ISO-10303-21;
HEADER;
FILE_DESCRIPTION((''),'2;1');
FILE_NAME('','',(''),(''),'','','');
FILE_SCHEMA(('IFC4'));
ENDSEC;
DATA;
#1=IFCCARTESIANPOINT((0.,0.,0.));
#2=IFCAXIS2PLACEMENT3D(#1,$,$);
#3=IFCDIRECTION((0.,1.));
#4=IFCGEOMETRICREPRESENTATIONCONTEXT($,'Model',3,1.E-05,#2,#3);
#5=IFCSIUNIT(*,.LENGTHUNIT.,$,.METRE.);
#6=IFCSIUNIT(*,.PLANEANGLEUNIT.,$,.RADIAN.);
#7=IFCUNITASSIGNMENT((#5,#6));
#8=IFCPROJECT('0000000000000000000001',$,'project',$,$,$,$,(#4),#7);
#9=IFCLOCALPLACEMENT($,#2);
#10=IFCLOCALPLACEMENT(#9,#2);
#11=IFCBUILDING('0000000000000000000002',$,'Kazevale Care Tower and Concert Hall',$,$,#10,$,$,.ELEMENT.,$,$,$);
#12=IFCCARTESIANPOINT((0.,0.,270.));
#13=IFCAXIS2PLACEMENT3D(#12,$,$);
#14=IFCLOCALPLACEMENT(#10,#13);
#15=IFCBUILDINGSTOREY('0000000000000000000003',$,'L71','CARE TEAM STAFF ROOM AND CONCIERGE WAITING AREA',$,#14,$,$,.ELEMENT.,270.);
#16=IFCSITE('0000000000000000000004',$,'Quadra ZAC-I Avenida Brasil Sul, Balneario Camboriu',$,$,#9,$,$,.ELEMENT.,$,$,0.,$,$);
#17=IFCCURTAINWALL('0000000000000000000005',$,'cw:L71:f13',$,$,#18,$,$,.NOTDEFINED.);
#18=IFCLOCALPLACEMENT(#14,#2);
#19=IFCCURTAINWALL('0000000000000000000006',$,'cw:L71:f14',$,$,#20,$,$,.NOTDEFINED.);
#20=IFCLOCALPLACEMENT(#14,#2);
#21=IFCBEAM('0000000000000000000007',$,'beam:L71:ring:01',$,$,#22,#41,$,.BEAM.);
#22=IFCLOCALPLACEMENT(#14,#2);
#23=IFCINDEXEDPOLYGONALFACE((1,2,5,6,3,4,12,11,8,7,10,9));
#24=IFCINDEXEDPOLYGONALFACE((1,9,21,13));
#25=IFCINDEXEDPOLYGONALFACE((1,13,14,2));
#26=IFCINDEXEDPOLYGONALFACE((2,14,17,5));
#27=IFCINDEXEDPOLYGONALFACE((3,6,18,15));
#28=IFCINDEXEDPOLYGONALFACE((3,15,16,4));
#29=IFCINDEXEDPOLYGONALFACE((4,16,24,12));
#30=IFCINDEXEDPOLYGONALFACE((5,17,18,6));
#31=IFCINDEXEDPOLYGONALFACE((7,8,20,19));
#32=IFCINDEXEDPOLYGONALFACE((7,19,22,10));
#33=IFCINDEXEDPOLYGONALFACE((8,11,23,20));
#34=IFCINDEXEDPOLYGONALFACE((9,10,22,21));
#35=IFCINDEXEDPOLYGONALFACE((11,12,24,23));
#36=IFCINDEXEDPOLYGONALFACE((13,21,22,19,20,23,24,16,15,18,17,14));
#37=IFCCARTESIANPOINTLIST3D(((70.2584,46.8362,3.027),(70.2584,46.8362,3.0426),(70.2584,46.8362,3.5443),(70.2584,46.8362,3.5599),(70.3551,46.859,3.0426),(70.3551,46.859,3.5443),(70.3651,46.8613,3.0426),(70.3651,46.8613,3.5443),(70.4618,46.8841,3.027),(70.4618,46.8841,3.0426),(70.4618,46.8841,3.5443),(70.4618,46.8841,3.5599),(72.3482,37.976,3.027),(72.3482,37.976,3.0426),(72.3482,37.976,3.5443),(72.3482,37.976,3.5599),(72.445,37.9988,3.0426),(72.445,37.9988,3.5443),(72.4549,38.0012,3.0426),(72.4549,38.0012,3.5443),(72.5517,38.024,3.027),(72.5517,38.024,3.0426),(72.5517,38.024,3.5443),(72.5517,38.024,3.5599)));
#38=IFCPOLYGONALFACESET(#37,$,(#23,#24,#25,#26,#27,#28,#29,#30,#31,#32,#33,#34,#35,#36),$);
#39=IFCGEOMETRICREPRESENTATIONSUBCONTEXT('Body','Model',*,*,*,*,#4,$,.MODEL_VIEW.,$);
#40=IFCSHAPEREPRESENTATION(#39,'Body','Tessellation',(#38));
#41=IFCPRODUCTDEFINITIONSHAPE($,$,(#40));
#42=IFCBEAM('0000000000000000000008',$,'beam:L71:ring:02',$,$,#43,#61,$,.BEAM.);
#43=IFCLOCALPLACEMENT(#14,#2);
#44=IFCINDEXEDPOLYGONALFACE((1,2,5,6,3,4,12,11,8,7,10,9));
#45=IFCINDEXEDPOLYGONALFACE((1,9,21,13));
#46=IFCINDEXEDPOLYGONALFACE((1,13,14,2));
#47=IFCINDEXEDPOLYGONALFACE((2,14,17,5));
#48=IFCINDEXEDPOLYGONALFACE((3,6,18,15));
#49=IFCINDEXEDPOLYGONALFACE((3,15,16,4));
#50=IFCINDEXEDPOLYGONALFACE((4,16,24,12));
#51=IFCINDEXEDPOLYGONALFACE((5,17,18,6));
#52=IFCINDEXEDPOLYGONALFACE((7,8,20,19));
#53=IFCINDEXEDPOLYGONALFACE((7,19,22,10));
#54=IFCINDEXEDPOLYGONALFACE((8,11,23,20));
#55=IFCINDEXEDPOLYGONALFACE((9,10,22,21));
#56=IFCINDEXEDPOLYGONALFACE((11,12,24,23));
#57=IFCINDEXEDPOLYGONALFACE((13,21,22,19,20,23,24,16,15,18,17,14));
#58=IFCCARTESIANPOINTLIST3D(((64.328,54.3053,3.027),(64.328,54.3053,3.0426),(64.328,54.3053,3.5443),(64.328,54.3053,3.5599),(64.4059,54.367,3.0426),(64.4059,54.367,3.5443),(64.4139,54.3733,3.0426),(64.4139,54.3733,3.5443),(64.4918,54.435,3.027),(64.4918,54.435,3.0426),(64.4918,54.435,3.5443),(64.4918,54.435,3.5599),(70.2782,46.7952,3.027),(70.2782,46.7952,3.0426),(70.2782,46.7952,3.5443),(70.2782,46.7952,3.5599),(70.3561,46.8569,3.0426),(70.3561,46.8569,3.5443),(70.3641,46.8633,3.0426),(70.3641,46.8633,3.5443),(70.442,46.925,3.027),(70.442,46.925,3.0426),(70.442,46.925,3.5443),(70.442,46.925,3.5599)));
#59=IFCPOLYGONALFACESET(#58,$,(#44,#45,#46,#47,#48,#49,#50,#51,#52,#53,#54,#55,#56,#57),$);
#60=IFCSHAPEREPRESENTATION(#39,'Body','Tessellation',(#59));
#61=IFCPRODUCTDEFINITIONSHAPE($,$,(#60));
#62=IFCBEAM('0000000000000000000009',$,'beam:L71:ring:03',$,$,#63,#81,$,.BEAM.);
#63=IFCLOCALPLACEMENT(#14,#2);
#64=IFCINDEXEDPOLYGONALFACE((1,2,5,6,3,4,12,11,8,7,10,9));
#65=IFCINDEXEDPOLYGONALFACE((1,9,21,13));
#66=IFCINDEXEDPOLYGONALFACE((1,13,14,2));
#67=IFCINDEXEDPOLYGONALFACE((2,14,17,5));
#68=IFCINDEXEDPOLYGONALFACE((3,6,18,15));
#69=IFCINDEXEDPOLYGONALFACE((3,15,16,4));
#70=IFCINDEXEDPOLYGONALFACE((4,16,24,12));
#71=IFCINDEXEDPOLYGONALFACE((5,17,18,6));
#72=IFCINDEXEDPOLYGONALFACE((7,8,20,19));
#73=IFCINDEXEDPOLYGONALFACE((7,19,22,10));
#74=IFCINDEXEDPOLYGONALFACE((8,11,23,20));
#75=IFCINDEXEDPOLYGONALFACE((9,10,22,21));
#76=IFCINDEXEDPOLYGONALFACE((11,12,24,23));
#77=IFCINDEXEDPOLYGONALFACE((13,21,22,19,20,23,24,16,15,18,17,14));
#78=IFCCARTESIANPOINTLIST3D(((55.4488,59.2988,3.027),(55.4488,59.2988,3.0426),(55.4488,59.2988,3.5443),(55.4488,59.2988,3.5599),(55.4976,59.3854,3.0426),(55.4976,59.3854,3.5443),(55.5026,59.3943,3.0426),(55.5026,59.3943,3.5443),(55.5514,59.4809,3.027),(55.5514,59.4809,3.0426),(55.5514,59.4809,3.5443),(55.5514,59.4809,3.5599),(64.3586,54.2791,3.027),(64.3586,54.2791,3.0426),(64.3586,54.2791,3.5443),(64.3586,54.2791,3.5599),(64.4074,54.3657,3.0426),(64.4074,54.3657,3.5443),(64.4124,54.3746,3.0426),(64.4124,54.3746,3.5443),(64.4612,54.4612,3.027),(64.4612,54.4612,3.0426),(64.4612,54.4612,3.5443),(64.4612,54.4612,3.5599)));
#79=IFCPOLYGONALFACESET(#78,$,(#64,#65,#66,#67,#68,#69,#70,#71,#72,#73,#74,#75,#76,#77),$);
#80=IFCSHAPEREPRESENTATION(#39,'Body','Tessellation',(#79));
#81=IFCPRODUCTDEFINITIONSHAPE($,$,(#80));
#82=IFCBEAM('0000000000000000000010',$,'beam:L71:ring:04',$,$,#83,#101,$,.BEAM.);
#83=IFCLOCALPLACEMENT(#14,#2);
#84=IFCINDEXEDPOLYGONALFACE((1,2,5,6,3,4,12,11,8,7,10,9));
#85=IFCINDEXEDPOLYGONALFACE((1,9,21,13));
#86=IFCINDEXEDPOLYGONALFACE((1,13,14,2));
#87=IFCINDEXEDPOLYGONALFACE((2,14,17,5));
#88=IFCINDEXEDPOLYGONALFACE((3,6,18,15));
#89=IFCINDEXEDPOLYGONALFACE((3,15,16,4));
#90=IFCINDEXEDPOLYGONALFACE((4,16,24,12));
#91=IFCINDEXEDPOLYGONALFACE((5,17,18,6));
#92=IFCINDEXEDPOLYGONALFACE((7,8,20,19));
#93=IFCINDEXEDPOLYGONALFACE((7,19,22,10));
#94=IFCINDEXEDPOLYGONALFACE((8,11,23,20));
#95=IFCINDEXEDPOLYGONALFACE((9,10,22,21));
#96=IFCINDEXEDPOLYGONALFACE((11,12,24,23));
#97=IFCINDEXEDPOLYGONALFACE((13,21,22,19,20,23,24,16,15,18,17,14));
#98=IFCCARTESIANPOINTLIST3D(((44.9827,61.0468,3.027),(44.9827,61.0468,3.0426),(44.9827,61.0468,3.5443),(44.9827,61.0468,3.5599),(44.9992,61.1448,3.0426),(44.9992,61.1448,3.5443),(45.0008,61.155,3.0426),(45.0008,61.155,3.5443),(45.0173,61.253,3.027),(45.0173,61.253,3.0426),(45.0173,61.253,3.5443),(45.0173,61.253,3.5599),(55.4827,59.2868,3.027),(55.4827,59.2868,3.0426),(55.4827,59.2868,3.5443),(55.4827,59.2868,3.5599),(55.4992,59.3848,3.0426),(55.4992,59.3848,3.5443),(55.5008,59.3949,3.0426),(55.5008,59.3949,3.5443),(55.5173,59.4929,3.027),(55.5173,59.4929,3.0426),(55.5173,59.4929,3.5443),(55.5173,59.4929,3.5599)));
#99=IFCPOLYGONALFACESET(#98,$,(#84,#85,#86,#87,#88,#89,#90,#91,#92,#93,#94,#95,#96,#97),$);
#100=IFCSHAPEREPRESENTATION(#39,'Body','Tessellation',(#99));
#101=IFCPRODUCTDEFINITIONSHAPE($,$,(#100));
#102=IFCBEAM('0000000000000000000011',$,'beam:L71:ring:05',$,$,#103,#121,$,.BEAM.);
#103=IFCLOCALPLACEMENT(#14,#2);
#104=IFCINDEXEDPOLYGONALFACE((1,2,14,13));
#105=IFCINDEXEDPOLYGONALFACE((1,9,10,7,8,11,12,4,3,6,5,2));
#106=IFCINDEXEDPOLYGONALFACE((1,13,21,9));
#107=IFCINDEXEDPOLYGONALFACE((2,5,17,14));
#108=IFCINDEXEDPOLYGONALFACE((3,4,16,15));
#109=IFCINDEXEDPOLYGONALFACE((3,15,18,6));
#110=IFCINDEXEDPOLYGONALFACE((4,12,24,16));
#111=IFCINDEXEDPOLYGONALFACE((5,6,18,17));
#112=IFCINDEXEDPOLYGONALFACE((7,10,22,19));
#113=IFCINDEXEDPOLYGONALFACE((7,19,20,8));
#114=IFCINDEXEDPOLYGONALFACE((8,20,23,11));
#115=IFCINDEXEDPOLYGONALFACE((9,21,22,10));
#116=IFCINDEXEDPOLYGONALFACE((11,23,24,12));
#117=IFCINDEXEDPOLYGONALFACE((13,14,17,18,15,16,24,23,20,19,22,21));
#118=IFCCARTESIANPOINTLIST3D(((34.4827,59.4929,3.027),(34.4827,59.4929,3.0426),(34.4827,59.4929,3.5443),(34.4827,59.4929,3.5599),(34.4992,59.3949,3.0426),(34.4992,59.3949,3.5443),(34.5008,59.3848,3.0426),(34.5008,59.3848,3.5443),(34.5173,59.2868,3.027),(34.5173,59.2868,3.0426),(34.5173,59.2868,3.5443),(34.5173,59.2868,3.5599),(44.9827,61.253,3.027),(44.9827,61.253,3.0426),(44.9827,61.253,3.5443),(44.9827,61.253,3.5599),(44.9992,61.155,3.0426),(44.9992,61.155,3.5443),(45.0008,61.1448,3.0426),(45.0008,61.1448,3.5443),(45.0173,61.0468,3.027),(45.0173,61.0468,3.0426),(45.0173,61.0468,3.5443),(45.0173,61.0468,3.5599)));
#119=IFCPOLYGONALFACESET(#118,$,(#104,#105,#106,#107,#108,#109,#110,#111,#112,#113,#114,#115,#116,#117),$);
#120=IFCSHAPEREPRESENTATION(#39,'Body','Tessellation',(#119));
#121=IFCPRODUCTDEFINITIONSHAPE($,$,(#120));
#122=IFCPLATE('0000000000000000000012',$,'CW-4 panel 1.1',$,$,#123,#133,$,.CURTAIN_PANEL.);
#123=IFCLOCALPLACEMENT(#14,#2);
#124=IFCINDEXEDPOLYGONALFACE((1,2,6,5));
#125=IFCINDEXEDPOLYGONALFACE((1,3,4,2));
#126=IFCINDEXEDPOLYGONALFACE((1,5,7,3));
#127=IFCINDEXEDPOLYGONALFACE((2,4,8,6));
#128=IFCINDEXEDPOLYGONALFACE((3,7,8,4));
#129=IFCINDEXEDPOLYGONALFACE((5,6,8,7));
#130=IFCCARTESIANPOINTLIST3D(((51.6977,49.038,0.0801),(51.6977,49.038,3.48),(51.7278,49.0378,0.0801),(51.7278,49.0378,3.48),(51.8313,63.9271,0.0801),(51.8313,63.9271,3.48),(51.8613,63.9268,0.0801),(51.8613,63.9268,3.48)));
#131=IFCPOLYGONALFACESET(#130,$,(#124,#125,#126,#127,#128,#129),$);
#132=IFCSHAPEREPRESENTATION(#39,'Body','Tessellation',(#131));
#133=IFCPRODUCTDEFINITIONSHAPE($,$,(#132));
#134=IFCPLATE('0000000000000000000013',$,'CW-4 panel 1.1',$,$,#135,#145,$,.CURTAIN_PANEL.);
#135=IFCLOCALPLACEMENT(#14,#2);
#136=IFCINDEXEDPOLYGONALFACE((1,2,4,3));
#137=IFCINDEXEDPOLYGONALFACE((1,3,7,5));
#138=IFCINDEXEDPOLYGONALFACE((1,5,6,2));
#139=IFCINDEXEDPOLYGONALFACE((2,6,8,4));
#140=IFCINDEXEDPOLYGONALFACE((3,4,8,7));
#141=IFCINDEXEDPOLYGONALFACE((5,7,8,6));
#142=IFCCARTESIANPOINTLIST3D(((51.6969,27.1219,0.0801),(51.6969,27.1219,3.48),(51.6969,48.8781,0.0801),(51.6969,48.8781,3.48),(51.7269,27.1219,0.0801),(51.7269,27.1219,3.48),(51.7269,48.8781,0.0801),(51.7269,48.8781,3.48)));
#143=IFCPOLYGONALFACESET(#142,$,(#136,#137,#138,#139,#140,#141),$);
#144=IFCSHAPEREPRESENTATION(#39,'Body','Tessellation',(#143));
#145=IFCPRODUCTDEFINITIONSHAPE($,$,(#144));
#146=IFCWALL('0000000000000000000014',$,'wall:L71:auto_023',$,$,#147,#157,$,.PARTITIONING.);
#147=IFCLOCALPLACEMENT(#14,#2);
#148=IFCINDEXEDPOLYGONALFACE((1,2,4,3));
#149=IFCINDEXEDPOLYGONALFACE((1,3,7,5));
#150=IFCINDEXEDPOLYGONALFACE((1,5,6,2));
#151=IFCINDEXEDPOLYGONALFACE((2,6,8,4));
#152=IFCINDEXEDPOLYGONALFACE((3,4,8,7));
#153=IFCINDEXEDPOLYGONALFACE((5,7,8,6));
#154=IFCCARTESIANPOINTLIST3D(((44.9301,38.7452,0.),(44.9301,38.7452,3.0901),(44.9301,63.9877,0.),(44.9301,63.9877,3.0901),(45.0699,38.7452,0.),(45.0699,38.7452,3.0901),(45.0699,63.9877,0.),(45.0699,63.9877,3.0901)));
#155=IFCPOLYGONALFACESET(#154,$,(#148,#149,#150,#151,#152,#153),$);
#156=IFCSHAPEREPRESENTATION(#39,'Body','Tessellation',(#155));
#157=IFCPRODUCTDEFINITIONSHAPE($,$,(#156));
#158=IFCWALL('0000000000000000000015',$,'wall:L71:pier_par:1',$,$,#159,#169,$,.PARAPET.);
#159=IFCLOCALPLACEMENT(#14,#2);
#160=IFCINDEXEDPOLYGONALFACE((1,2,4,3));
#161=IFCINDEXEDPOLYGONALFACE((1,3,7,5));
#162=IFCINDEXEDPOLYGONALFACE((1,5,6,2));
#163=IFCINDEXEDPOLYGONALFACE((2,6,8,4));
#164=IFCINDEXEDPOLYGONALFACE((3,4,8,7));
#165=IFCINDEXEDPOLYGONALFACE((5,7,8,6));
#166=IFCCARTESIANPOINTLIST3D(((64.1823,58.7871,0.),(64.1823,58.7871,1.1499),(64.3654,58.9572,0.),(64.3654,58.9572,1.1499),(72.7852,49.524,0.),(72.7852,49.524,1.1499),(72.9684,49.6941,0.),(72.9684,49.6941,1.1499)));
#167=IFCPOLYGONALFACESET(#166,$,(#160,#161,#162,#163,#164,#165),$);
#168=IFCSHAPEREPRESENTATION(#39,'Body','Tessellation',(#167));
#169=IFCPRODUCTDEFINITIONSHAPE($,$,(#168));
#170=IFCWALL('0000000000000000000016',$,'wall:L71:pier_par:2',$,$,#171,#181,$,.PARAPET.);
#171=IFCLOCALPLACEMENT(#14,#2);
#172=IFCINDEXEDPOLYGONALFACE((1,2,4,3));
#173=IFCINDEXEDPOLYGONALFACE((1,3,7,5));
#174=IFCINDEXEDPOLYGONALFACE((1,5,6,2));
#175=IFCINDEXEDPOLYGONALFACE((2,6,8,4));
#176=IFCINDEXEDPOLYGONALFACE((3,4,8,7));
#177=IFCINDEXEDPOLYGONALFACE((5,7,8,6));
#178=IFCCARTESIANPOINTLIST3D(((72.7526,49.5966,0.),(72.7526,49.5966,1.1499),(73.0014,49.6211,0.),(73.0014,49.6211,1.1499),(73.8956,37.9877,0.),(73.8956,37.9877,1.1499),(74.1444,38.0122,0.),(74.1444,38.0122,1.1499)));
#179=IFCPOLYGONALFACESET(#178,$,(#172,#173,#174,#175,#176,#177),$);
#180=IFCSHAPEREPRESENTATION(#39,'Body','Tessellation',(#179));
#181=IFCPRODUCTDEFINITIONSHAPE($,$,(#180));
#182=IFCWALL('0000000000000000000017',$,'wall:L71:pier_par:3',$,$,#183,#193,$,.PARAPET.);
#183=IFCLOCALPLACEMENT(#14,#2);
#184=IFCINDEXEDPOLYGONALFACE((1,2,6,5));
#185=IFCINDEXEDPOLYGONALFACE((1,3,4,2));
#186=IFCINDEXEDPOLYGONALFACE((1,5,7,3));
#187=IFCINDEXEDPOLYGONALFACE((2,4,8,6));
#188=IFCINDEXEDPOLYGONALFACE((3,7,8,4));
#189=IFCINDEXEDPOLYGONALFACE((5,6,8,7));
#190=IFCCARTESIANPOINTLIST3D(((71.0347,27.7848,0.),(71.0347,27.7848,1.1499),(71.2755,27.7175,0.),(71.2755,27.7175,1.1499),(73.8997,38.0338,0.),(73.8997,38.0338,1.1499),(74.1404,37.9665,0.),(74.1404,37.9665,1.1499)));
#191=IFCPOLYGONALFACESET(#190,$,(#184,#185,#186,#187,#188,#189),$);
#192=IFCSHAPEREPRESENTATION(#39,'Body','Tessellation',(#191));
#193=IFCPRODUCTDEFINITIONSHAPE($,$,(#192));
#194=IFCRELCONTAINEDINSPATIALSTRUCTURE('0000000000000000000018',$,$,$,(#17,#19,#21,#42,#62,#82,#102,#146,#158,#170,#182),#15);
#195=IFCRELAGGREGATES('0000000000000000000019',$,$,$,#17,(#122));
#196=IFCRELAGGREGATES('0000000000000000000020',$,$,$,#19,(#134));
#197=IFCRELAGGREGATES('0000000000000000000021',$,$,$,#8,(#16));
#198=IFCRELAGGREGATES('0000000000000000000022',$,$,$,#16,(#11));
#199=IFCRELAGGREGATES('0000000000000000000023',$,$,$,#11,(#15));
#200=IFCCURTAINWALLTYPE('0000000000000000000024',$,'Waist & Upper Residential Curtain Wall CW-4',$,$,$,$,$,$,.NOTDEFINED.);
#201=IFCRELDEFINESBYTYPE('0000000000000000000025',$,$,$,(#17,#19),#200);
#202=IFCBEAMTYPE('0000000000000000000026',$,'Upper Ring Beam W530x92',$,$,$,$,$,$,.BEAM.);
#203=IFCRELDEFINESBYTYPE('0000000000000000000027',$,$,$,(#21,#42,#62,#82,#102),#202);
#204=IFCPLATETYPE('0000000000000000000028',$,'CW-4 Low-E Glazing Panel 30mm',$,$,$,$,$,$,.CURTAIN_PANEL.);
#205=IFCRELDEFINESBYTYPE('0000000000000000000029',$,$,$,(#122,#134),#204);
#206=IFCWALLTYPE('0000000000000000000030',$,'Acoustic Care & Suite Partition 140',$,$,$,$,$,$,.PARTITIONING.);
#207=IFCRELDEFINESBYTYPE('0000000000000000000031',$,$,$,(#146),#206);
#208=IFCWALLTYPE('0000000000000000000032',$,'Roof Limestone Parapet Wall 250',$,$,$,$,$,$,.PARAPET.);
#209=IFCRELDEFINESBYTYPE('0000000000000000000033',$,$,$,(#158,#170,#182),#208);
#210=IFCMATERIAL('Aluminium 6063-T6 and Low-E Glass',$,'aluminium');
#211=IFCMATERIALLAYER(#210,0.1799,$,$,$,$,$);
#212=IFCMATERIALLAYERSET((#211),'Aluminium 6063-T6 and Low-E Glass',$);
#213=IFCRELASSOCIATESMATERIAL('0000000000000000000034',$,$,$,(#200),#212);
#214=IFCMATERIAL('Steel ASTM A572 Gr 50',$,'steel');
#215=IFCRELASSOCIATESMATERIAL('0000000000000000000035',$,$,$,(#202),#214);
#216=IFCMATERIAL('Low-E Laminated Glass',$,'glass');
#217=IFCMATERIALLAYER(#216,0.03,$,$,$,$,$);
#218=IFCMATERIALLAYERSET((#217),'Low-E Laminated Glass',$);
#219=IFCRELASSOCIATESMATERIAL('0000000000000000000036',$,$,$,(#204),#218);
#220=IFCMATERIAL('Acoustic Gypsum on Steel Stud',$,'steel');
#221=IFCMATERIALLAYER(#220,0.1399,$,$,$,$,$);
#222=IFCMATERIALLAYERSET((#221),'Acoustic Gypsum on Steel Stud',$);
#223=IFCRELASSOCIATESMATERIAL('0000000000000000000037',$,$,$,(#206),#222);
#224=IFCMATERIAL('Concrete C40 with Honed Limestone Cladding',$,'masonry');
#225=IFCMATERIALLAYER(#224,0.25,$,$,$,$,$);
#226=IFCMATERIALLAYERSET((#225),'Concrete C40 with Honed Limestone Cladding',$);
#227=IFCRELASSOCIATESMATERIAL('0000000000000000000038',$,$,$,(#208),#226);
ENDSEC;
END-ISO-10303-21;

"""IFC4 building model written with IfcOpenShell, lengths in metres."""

from ifc_helpers import new_model, si_unit, direction, frame, frame_2d, origin, origin_2d, place, context, subcontext, project, spatial, rectangle, i_section, extrude, material, layer, layer_set, material_profile, profile_set, type_object, element, aggregate, save


model = new_model("IFC4")

# Units and contexts
model_context = context("Model", 3, precision=1e-05, world=origin(), true_north=direction((0.0, 1.0)))
body_context = subcontext(model_context, "Body", "Model", "MODEL_VIEW")
ifc_project = project(units=[si_unit("LENGTHUNIT", "METRE"), si_unit("PLANEANGLEUNIT", "RADIAN")], contexts=[model_context])

# Site, building, storey
site_placement = place(None, origin())
site = spatial("IfcSite", under=ifc_project, at=site_placement, Name="Quadra ZAC-I Avenida Brasil Sul, Balneario Camboriu", CompositionType="ELEMENT", RefElevation=0.0)
building_placement = place(site_placement, origin())
building = spatial("IfcBuilding", under=site, at=building_placement, Name="Kazevale Care Tower and Concert Hall", CompositionType="ELEMENT")
storey_placement = place(building_placement, frame((0.0, 0.0, 270.0)))
storey = spatial("IfcBuildingStorey", under=building, at=storey_placement, Name="L71", Description="CARE TEAM STAFF ROOM AND CONCIERGE WAITING AREA", CompositionType="ELEMENT", Elevation=270.0)

# Shared definitions
ifc_material_1 = material(Name="Aluminium 6063-T6 and Low-E Glass", Category="aluminium")
ifc_layer_1 = layer(ifc_material_1, 0.1799)
ifc_layer_set_1 = layer_set([ifc_layer_1], Name="Aluminium 6063-T6 and Low-E Glass")
curtain_wall_type = type_object("IfcCurtainWallType", Name="Waist & Upper Residential Curtain Wall CW-4", PredefinedType="NOTDEFINED", material=ifc_layer_set_1)

# Curtain wall
curtain_wall_1_placement = place(storey_placement, origin())
curtain_wall_1 = element("IfcCurtainWall", 1, at=curtain_wall_1_placement, inside=storey, type_object=curtain_wall_type, Name="cw:L71:f13", PredefinedType="NOTDEFINED")

# Curtain wall
curtain_wall_2_placement = place(storey_placement, origin())
curtain_wall_2 = element("IfcCurtainWall", 2, at=curtain_wall_2_placement, inside=storey, type_object=curtain_wall_type, Name="cw:L71:f14", PredefinedType="NOTDEFINED")

# Beams
ifc_material_2 = material(Name="Steel ASTM A572 Gr 50", Category="steel")
ifc_material_profile_1 = material_profile(ifc_material_2, i_section(OverallWidth=0.209, OverallDepth=0.533, WebThickness=0.0103, FlangeThickness=0.0156, at=origin_2d()), Name="W530x92")
ifc_profile_set_1 = profile_set([ifc_material_profile_1], Name="Steel ASTM A572 Gr 50")
beam_type_1 = type_object("IfcBeamType", Name="Upper Ring Beam W530x92", PredefinedType="BEAM", material=ifc_profile_set_1)
beam_1_placement = place(storey_placement, frame((72.45, 38.0, 3.2935), z_axis=(-0.229571, 0.973292, 0.0), x_axis=(-0.973292, -0.229571, 0.0)))
element("IfcBeam", 3, at=beam_1_placement, inside=storey, type_object=beam_type_1, Name="beam:L71:ring:01", PredefinedType="BEAM", context=body_context, shape_type="SweptSolid", body=[
    extrude(i_section(OverallWidth=0.209, OverallDepth=0.533, WebThickness=0.0103, FlangeThickness=0.0156, at=origin_2d()), origin(), (0.0, 0.0, 1.0), 9.1033),
])
beam_2_placement = place(storey_placement, frame((70.3601, 46.8601, 3.2935), z_axis=(-0.621009, 0.783803, 0.0), x_axis=(-0.783803, -0.621009, 0.0)))
element("IfcBeam", 4, at=beam_2_placement, inside=storey, type_object=beam_type_1, Name="beam:L71:ring:02", PredefinedType="BEAM", context=body_context, shape_type="SweptSolid", body=[
    extrude(i_section(OverallWidth=0.209, OverallDepth=0.533, WebThickness=0.0103, FlangeThickness=0.0156, at=origin_2d()), origin(), (0.0, 0.0, 1.0), 9.5815),
])
beam_3_placement = place(storey_placement, frame((64.4099, 54.3701, 3.2935), z_axis=(-0.871243, 0.490852, 0.0), x_axis=(-0.490852, -0.871243, 0.0)))
element("IfcBeam", 5, at=beam_3_placement, inside=storey, type_object=beam_type_1, Name="beam:L71:ring:03", PredefinedType="BEAM", context=body_context, shape_type="SweptSolid", body=[
    extrude(i_section(OverallWidth=0.209, OverallDepth=0.533, WebThickness=0.0103, FlangeThickness=0.0156, at=origin_2d()), origin(), (0.0, 0.0, 1.0), 10.2266),
])
for number, where, z_axis, x_axis, name in (
    (6, (55.5, 59.3899, 3.2935), (-0.986241, 0.165314, 0.0), (-0.165314, -0.986241, 0.0), "beam:L71:ring:04"),
    (7, (45.0, 61.1499, 3.2935), (-0.986241, -0.165314, 0.0), (0.165314, -0.986241, 0.0), "beam:L71:ring:05"),
):
    element("IfcBeam", number, at=place(storey_placement, frame(where, z_axis=z_axis, x_axis=x_axis)), inside=storey, type_object=beam_type_1, Name=name, PredefinedType="BEAM", context=body_context, shape_type="SweptSolid", body=[
        extrude(i_section(OverallWidth=0.209, OverallDepth=0.533, WebThickness=0.0103, FlangeThickness=0.0156, at=origin_2d()), origin(), (0.0, 0.0, 1.0), 10.6465),
    ])

# Plates
ifc_material_3 = material(Name="Low-E Laminated Glass", Category="glass")
ifc_layer_2 = layer(ifc_material_3, 0.03)
ifc_layer_set_2 = layer_set([ifc_layer_2], Name="Low-E Laminated Glass")
plate_type = type_object("IfcPlateType", Name="CW-4 Low-E Glazing Panel 30mm", PredefinedType="CURTAIN_PANEL", material=ifc_layer_set_2)
plate_1_placement = place(storey_placement, frame((51.7795, 56.4824, 0.0801), z_axis=(0.0, 0.0, 1.0), x_axis=(-0.00897, -0.99996, 0.0)))
plate_1 = element("IfcPlate", 8, at=plate_1_placement, type_object=plate_type, Name="CW-4 panel 1.1", PredefinedType="CURTAIN_PANEL", context=body_context, shape_type="SweptSolid", body=[
    extrude(rectangle(XDim=14.8896, YDim=0.03, at=origin_2d()), origin(), (0.0, 0.0, 1.0), 3.3999),
])
aggregate(curtain_wall_1, [plate_1])
plate_2_placement = place(storey_placement, frame((51.7119, 38.0, 0.0801), z_axis=(0.0, 0.0, 1.0), x_axis=(0.0, -1.0, 0.0)))
plate_2 = element("IfcPlate", 9, at=plate_2_placement, type_object=plate_type, Name="CW-4 panel 1.1", PredefinedType="CURTAIN_PANEL", context=body_context, shape_type="SweptSolid", body=[
    extrude(rectangle(XDim=21.7561, YDim=0.03, at=origin_2d()), origin(), (0.0, 0.0, 1.0), 3.3999),
])
aggregate(curtain_wall_2, [plate_2])

# Walls
ifc_material_4 = material(Name="Acoustic Gypsum on Steel Stud", Category="steel")
ifc_layer_3 = layer(ifc_material_4, 0.1399)
ifc_layer_set_3 = layer_set([ifc_layer_3], Name="Acoustic Gypsum on Steel Stud")
wall_type_1 = type_object("IfcWallType", Name="Acoustic Care & Suite Partition 140", PredefinedType="PARTITIONING", material=ifc_layer_set_3)
wall_1_placement = place(storey_placement, frame((45.0, 63.9875, 0.0), z_axis=(0.0, 0.0, 1.0), x_axis=(0.0, -1.0, 0.0)))
element("IfcWall", 10, at=wall_1_placement, inside=storey, type_object=wall_type_1, Name="wall:L71:auto_023", PredefinedType="PARTITIONING", context=body_context, shape_type="SweptSolid", body=[
    extrude(rectangle(XDim=25.2424, YDim=0.1399, at=frame_2d((12.6211, 0.0))), origin(), (0.0, 0.0, 1.0), 3.0901),
])
ifc_material_5 = material(Name="Concrete C40 with Honed Limestone Cladding", Category="masonry")
ifc_layer_4 = layer(ifc_material_5, 0.25)
ifc_layer_set_4 = layer_set([ifc_layer_4], Name="Concrete C40 with Honed Limestone Cladding")
wall_type_2 = type_object("IfcWallType", Name="Roof Limestone Parapet Wall 250", PredefinedType="PARAPET", material=ifc_layer_set_4)
wall_2_placement = place(storey_placement, frame((64.2739, 58.8721, 0.0), z_axis=(0.0, 0.0, 1.0), x_axis=(0.680515, -0.732734, 0.0)))
element("IfcWall", 11, at=wall_2_placement, inside=storey, type_object=wall_type_2, Name="wall:L71:pier_par:1", PredefinedType="PARAPET", context=body_context, shape_type="SweptSolid", body=[
    extrude(rectangle(XDim=12.6418, YDim=0.25, at=frame_2d((6.3208, 0.0))), origin(), (0.0, 0.0, 1.0), 1.1499),
])
wall_3_placement = place(storey_placement, frame((72.877, 49.6089, 0.0), z_axis=(0.0, 0.0, 1.0), x_axis=(0.097991, -0.995187, 0.0)))
element("IfcWall", 12, at=wall_3_placement, inside=storey, type_object=wall_type_2, Name="wall:L71:pier_par:2", PredefinedType="PARAPET", context=body_context, shape_type="SweptSolid", body=[
    extrude(rectangle(XDim=11.665, YDim=0.25, at=frame_2d((5.8325, 0.0))), origin(), (0.0, 0.0, 1.0), 1.1499),
])
wall_4_placement = place(storey_placement, frame((74.02, 38.0, 0.0), z_axis=(0.0, 0.0, 1.0), x_axis=(-0.269217, -0.963079, 0.0)))
element("IfcWall", 13, at=wall_4_placement, inside=storey, type_object=wall_type_2, Name="wall:L71:pier_par:3", PredefinedType="PARAPET", context=body_context, shape_type="SweptSolid", body=[
    extrude(rectangle(XDim=10.6418, YDim=0.25, at=frame_2d((5.3208, 0.0))), origin(), (0.0, 0.0, 1.0), 1.1499),
])

save(model, "model.ifc")
